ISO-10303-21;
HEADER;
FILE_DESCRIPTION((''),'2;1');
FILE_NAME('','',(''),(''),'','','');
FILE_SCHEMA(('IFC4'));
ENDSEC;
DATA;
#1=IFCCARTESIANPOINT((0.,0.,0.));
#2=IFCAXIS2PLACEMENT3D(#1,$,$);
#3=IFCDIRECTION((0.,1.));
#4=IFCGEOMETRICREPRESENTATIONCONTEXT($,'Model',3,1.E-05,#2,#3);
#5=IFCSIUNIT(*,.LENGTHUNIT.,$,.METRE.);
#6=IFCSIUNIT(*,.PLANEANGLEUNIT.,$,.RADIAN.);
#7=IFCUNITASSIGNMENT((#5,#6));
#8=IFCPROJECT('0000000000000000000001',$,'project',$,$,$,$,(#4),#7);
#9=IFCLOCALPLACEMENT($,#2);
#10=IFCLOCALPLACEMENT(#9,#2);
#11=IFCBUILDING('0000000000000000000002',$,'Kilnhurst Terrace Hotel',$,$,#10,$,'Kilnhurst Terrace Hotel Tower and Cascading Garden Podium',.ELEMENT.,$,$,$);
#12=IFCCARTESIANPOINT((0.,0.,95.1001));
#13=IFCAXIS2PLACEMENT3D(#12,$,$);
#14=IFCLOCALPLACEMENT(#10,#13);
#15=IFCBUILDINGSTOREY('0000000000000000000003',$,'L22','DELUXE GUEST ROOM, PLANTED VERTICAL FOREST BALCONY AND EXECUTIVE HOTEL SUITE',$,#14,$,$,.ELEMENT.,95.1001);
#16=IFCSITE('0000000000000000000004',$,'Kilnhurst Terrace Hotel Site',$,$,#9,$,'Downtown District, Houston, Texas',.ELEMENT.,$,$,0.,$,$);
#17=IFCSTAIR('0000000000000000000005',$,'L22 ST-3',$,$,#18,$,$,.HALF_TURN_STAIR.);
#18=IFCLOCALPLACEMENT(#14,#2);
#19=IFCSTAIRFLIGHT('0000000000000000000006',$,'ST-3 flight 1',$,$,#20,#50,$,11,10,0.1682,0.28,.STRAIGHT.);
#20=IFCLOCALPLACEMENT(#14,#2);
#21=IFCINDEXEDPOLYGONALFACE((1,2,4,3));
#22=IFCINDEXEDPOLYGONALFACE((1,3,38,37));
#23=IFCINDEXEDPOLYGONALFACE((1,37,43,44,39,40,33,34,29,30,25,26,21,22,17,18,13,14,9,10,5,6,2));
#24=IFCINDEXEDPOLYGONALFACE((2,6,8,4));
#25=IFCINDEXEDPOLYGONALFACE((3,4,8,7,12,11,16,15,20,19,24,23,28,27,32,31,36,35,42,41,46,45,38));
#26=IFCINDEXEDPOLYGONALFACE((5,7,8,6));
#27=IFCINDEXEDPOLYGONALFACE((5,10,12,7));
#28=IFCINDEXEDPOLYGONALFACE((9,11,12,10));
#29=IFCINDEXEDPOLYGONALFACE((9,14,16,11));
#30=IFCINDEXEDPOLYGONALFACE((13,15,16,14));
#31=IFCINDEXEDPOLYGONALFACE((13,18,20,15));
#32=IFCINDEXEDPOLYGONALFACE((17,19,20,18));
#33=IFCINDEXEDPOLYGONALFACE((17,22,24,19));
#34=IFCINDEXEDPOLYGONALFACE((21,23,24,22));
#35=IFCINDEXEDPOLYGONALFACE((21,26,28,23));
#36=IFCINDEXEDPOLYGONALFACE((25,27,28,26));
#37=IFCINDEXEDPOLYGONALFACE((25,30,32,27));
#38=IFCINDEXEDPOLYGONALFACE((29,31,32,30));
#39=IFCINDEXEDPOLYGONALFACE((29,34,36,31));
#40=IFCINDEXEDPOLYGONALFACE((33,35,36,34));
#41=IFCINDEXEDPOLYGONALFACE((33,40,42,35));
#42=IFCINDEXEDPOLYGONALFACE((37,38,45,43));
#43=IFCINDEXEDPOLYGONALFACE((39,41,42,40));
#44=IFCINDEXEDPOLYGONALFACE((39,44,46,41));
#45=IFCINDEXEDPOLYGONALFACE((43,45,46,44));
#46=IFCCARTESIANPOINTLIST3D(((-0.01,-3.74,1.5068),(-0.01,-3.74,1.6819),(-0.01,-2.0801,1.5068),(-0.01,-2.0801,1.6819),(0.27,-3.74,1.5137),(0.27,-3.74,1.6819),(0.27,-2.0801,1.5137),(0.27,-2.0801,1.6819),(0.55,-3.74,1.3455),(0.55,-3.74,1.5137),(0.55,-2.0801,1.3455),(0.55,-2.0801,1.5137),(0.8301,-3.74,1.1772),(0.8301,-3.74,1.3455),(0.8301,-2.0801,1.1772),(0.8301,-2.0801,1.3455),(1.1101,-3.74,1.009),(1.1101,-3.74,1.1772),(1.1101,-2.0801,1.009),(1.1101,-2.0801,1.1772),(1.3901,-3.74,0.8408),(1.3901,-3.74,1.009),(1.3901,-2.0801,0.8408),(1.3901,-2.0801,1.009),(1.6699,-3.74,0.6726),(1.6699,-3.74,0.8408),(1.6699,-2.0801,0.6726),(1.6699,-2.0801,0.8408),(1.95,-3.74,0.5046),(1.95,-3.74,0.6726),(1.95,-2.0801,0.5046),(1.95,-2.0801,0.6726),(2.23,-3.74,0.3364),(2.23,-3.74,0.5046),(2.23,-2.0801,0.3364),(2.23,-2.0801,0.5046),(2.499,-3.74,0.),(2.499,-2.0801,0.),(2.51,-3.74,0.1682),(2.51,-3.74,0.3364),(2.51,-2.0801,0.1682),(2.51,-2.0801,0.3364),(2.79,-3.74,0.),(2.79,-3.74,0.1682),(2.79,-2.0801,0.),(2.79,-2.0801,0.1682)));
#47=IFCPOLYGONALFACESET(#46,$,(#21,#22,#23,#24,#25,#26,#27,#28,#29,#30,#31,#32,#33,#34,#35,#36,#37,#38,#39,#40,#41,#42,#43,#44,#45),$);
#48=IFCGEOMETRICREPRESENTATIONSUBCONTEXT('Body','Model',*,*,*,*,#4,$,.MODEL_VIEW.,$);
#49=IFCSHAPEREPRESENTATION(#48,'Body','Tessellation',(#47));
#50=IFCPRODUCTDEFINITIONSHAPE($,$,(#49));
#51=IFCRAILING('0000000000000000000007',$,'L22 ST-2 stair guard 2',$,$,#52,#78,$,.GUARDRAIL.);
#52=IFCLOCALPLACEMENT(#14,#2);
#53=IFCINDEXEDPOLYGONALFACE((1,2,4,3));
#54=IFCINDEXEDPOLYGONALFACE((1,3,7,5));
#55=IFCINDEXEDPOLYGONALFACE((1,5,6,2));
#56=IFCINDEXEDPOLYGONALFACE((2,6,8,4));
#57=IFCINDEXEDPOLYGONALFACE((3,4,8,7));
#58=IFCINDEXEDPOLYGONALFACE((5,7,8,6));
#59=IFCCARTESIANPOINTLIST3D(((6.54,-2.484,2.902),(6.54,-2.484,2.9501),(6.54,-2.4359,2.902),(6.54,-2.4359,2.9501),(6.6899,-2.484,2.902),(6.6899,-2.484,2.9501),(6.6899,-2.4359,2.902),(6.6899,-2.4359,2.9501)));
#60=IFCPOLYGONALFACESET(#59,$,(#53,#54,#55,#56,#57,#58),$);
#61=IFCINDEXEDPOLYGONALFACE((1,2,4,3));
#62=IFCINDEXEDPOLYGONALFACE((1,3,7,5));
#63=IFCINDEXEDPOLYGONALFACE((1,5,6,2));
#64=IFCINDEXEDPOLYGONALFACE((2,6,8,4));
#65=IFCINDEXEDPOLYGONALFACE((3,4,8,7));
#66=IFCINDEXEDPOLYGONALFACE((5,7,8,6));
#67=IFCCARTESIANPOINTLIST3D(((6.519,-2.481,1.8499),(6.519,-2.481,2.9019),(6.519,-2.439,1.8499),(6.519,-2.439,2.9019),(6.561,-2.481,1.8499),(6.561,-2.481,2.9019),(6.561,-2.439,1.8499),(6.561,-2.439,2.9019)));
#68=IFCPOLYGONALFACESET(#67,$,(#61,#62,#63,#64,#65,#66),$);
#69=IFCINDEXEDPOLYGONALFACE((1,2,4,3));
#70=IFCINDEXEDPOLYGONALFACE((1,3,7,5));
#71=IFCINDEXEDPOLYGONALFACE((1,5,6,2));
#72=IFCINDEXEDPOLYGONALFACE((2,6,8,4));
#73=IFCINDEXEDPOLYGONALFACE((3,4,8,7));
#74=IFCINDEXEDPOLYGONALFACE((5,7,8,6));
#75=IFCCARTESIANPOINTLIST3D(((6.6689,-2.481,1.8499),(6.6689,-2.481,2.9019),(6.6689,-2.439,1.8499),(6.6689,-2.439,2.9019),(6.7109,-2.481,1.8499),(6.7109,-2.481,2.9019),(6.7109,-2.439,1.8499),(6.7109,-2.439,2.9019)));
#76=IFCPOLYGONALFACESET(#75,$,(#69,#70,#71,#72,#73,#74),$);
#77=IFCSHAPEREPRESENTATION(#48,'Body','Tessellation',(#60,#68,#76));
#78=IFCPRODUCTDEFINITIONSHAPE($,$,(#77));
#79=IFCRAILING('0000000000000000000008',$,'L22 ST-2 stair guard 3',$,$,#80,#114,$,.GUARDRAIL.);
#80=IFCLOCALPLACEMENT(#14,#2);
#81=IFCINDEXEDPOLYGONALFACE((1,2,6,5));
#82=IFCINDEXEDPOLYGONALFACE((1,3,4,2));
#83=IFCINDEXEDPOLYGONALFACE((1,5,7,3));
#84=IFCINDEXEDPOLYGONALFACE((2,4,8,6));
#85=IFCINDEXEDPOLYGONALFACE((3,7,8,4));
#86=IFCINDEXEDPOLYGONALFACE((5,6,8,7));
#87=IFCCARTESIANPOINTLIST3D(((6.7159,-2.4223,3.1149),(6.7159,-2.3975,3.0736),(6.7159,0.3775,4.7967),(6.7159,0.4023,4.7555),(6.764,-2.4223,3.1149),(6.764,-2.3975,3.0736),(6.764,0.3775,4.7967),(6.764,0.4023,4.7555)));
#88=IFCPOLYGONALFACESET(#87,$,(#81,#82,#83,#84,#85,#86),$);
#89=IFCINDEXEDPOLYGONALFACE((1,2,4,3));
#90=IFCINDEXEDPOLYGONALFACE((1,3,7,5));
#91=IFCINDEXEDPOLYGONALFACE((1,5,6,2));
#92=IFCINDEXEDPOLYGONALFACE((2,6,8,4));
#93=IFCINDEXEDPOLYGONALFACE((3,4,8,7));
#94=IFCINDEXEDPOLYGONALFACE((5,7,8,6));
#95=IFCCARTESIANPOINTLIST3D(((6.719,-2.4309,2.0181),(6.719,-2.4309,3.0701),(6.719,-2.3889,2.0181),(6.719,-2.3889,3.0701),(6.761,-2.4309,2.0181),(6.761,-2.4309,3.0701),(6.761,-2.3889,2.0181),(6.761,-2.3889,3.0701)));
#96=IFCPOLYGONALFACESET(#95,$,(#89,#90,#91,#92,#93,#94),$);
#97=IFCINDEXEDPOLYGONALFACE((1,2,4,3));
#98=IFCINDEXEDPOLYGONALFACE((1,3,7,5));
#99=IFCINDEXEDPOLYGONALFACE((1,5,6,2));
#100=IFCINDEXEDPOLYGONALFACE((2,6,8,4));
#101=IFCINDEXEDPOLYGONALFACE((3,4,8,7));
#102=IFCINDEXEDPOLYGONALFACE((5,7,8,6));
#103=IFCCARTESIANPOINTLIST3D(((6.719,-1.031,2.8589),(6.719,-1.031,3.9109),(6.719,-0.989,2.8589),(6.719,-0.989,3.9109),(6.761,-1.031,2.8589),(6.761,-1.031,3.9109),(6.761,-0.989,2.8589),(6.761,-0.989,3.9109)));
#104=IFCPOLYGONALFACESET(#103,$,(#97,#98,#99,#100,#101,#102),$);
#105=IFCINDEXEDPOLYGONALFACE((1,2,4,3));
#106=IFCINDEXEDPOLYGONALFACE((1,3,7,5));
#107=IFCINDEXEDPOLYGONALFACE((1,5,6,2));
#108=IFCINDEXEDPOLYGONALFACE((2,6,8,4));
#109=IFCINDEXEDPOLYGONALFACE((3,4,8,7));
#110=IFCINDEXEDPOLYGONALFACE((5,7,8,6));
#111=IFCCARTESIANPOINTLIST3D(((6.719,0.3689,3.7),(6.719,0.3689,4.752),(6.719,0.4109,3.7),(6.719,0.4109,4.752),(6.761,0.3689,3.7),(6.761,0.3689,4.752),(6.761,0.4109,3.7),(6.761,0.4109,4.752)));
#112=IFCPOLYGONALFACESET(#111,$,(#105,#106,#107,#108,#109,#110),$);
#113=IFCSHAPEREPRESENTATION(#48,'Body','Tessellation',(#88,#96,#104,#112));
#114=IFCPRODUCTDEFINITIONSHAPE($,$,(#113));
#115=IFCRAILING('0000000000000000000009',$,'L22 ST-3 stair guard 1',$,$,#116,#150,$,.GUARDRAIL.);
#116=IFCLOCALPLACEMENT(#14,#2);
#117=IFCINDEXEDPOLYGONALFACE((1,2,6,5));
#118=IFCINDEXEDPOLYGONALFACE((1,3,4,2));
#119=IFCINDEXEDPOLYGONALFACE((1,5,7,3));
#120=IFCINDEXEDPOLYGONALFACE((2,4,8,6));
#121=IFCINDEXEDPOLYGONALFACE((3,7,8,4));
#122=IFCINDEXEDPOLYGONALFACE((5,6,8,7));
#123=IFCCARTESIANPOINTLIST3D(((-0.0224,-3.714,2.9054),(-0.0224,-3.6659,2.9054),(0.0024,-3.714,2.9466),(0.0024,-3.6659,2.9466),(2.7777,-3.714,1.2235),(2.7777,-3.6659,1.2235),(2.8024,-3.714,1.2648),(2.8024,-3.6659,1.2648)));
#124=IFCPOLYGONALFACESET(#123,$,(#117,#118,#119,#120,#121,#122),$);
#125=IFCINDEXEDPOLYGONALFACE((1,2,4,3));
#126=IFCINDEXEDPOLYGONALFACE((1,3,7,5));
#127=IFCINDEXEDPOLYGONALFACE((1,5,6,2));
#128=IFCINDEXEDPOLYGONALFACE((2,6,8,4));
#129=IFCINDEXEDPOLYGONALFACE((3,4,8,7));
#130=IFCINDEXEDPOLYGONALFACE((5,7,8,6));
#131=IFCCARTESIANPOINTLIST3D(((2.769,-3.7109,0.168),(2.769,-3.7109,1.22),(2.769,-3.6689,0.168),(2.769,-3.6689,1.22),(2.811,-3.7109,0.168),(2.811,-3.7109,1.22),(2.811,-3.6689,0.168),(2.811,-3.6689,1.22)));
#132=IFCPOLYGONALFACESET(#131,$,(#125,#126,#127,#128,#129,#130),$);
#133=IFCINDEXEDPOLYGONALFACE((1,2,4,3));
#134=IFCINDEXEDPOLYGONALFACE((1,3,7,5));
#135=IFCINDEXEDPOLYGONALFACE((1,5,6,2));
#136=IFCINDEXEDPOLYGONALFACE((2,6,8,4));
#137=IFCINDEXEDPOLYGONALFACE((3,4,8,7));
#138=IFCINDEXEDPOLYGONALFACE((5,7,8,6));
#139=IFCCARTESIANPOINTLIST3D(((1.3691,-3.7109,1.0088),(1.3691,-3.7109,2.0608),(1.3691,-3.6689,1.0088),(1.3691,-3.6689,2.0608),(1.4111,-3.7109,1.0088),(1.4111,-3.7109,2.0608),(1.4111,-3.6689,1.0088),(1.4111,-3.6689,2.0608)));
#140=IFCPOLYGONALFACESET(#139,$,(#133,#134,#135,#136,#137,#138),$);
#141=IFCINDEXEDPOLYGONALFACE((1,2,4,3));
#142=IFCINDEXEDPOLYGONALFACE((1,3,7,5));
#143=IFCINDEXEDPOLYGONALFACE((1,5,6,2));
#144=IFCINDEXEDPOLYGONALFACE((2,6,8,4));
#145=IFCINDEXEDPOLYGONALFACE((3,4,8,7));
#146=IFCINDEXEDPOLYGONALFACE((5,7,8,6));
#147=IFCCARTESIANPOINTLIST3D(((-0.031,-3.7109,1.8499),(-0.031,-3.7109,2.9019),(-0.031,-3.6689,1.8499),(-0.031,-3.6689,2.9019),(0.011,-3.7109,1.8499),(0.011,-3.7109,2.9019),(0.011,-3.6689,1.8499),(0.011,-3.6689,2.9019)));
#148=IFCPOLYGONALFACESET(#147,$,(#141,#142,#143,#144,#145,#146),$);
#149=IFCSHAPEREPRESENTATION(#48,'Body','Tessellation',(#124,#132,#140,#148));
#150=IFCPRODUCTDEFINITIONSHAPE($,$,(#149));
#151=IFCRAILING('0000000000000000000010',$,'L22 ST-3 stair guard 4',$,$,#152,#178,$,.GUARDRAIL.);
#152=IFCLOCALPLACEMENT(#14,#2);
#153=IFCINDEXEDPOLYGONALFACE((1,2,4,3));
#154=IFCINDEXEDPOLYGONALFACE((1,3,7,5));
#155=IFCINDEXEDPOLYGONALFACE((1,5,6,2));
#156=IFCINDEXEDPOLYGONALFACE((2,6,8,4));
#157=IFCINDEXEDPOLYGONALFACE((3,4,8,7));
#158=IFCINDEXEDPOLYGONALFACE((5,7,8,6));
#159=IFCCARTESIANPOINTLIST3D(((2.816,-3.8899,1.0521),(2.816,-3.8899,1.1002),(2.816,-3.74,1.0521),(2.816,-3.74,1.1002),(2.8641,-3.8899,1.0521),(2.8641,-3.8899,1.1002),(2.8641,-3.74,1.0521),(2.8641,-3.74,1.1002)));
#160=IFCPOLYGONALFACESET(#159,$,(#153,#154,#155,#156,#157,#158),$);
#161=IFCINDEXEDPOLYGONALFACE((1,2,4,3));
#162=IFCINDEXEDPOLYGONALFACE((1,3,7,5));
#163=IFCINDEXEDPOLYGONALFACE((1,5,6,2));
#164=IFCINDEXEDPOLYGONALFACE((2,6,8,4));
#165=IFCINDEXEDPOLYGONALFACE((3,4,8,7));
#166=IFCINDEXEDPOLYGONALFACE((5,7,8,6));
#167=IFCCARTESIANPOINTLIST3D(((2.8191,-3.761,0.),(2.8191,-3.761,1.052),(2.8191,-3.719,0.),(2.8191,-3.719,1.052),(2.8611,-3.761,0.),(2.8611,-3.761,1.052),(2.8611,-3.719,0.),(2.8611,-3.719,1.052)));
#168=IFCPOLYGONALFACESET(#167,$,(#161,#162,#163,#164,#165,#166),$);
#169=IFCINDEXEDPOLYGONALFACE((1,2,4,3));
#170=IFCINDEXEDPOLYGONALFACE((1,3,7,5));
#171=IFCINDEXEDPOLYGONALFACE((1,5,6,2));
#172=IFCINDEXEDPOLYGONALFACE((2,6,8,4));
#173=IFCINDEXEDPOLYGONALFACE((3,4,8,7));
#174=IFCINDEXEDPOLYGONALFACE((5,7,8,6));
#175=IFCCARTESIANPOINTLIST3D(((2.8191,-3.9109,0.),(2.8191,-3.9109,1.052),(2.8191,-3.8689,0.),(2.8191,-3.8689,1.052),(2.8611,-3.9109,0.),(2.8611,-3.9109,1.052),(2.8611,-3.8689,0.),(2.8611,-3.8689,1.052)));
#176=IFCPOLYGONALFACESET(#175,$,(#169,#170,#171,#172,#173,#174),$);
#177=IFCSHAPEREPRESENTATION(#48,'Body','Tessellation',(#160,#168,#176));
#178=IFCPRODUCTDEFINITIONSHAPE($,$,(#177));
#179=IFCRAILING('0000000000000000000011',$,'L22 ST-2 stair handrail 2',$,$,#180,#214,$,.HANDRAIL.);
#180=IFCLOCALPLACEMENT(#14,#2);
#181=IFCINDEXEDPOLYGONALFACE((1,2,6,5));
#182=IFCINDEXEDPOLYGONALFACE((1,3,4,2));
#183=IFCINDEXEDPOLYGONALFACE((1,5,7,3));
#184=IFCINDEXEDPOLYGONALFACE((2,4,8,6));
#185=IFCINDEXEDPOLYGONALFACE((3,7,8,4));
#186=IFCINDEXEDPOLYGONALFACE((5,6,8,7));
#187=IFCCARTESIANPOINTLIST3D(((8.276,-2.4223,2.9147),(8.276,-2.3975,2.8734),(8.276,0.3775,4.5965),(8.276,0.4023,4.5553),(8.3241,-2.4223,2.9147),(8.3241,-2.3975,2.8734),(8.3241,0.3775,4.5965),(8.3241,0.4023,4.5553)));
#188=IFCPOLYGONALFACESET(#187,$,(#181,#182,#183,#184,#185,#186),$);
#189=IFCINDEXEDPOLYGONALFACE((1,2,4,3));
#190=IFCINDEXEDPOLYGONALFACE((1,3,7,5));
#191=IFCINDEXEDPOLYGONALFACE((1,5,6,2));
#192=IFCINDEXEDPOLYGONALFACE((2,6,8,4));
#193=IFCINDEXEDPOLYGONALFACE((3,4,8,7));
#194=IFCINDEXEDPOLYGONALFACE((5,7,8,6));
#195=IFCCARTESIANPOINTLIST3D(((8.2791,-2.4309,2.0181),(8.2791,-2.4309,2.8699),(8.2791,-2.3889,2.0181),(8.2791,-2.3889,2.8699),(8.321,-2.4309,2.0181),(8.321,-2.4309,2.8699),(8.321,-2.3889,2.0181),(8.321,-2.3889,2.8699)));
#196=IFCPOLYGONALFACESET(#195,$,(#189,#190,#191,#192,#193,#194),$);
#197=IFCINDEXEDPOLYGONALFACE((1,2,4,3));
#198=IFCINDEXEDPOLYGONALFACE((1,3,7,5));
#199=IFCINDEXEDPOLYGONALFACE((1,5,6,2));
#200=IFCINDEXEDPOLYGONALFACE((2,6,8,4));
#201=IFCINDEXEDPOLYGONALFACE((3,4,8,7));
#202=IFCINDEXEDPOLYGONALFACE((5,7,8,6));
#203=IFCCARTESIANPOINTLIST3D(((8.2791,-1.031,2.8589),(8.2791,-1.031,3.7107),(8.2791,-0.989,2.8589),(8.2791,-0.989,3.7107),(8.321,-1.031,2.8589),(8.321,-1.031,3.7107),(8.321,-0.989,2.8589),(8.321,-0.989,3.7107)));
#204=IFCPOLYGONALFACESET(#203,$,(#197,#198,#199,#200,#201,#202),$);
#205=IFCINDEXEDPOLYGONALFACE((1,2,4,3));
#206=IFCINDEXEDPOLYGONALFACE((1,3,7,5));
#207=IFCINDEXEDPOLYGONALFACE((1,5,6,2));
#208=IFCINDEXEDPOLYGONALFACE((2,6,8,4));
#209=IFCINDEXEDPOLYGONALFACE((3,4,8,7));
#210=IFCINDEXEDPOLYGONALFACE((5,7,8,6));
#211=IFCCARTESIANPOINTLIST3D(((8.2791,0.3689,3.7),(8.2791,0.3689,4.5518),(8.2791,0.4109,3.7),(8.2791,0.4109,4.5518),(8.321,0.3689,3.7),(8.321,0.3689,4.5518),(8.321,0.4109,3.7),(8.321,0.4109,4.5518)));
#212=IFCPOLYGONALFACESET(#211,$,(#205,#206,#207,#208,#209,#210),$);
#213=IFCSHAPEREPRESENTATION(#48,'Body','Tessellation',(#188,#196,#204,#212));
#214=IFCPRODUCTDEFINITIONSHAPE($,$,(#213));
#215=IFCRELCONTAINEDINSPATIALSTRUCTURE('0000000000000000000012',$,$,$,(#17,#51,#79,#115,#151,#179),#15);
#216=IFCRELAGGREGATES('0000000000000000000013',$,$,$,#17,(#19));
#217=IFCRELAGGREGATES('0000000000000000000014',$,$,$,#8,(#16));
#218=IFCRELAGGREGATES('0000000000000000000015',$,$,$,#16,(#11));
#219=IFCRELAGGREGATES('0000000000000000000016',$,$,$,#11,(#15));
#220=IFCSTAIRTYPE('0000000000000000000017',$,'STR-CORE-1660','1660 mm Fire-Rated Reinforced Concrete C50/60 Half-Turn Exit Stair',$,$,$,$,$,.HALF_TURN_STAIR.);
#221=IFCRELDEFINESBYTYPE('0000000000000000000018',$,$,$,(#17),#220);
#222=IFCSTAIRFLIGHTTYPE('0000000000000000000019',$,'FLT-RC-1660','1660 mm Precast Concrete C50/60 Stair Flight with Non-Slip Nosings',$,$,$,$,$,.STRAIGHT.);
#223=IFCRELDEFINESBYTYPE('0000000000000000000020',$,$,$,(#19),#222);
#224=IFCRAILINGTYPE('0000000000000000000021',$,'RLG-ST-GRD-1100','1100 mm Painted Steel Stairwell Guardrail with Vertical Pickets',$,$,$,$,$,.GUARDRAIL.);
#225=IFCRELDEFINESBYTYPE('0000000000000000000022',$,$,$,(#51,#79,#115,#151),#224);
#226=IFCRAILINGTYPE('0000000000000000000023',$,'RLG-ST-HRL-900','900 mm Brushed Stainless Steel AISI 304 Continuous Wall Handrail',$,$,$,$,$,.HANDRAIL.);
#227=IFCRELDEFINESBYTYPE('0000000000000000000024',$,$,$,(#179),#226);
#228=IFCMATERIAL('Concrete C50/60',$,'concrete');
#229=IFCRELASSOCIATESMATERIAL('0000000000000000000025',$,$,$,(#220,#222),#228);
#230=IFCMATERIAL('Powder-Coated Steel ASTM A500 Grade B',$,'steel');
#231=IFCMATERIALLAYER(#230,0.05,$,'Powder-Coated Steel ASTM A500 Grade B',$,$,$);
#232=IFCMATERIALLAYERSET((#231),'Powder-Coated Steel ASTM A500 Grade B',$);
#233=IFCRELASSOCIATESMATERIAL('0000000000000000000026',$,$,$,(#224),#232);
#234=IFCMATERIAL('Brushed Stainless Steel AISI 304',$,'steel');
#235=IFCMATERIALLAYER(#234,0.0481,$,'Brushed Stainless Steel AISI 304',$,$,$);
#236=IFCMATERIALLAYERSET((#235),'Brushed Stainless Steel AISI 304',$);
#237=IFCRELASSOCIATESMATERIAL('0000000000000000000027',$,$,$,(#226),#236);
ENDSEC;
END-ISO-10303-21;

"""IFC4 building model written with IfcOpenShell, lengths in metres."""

from ifc_helpers import new_model, si_unit, direction, frame, origin, origin_2d, place, context, subcontext, project, spatial, polyline, rectangle, outline, extrude, material, layer, layer_set, type_object, element, aggregate, save


model = new_model("IFC4")

# Units and contexts
model_context = context("Model", 3, precision=1e-05, world=origin(), true_north=direction((0.0, 1.0)))
body_context = subcontext(model_context, "Body", "Model", "MODEL_VIEW")
ifc_project = project(units=[si_unit("LENGTHUNIT", "METRE"), si_unit("PLANEANGLEUNIT", "RADIAN")], contexts=[model_context])

# Site, building, storey
site_placement = place(None, origin())
site = spatial("IfcSite", under=ifc_project, at=site_placement, Name="Kilnhurst Terrace Hotel Site", LongName="Downtown District, Houston, Texas", CompositionType="ELEMENT", RefElevation=0.0)
building_placement = place(site_placement, origin())
building = spatial("IfcBuilding", under=site, at=building_placement, Name="Kilnhurst Terrace Hotel", LongName="Kilnhurst Terrace Hotel Tower and Cascading Garden Podium", CompositionType="ELEMENT")
storey_placement = place(building_placement, frame((0.0, 0.0, 95.1001)))
storey = spatial("IfcBuildingStorey", under=building, at=storey_placement, Name="L22", Description="DELUXE GUEST ROOM, PLANTED VERTICAL FOREST BALCONY AND EXECUTIVE HOTEL SUITE", CompositionType="ELEMENT", Elevation=95.1001)

# Shared definitions
ifc_material_1 = material(Name="Concrete C50/60", Category="concrete")

# Stair, stair flight
stair_type = type_object("IfcStairType", Name="STR-CORE-1660", Description="1660 mm Fire-Rated Reinforced Concrete C50/60 Half-Turn Exit Stair", PredefinedType="HALF_TURN_STAIR", material=ifc_material_1)
stair_flight_type = type_object("IfcStairFlightType", Name="FLT-RC-1660", Description="1660 mm Precast Concrete C50/60 Stair Flight with Non-Slip Nosings", PredefinedType="STRAIGHT", material=ifc_material_1)
stair_1_placement = place(storey_placement, origin())
stair_1 = element("IfcStair", 1, at=stair_1_placement, inside=storey, type_object=stair_type, Name="L22 ST-3", PredefinedType="HALF_TURN_STAIR")
stair_flight_1_placement = place(storey_placement, frame((2.79, -2.9099, 0.0), z_axis=(0.0, 0.0, 1.0), x_axis=(-1.0, 0.0, 0.0)))
stair_flight_1 = element("IfcStairFlight", 2, at=stair_flight_1_placement, type_object=stair_flight_type, Name="ST-3 flight 1", NumberOfRisers=11, NumberOfTreads=10, PredefinedType="STRAIGHT", RiserHeight=0.1682, TreadLength=0.28, context=body_context, shape_type="SweptSolid", body=[
    extrude(outline(polyline([(0.0, 0.0), (0.0, 0.1682), (0.28, 0.1682), (0.28, 0.3364), (0.5601, 0.3364), (0.5601, 0.5046), (0.8401, 0.5046), (0.8401, 0.6726), (1.1201, 0.6726), (1.1201, 0.8408), (1.3999, 0.8408), (1.3999, 1.009), (1.6799, 1.009), (1.6799, 1.1772), (1.96, 1.1772), (1.96, 1.3455), (2.24, 1.3455), (2.24, 1.5137), (2.52, 1.5137), (2.52, 1.6819), (2.8, 1.6819), (2.8, 1.8501), (2.8, 1.5068), (0.291, 0.0), (0.0, 0.0)])), frame((0.0, 0.8301, 0.0), z_axis=(0.0, -1.0, 0.0), x_axis=(1.0, 0.0, 0.0)), (0.0, 0.0, 1.0), 1.6599),
])
aggregate(stair_1, [stair_flight_1])

# Railings
ifc_material_2 = material(Name="Powder-Coated Steel ASTM A500 Grade B", Category="steel")
ifc_layer_1 = layer(ifc_material_2, 0.05, Name="Powder-Coated Steel ASTM A500 Grade B")
ifc_layer_set_1 = layer_set([ifc_layer_1], Name="Powder-Coated Steel ASTM A500 Grade B")
railing_type_1 = type_object("IfcRailingType", Name="RLG-ST-GRD-1100", Description="1100 mm Painted Steel Stairwell Guardrail with Vertical Pickets", PredefinedType="GUARDRAIL", material=ifc_layer_set_1)
railing_1_placement = place(storey_placement, frame((6.54, -2.46, 1.8499)))
element("IfcRailing", 3, at=railing_1_placement, inside=storey, type_object=railing_type_1, Name="L22 ST-2 stair guard 2", PredefinedType="GUARDRAIL", context=body_context, shape_type="SweptSolid", body=[
    extrude(rectangle(XDim=0.0481, YDim=0.0481, at=origin_2d()), frame((0.0, 0.0, 1.0762), z_axis=(1.0, 0.0, 0.0), x_axis=(0.0, 1.0, 0.0)), (0.0, 0.0, 1.0), 0.1499),
    extrude(rectangle(XDim=0.042, YDim=0.042, at=origin_2d()), origin(), (0.0, 0.0, 1.0), 1.052),
    extrude(rectangle(XDim=0.042, YDim=0.042, at=origin_2d()), frame((0.1499, 0.0, 0.0)), (0.0, 0.0, 1.0), 1.052),
])
railing_2_placement = place(storey_placement, frame((6.74, -2.4099, 2.0181)))
element("IfcRailing", 4, at=railing_2_placement, inside=storey, type_object=railing_type_1, Name="L22 ST-2 stair guard 3", PredefinedType="GUARDRAIL", context=body_context, shape_type="SweptSolid", body=[
    extrude(rectangle(XDim=0.0481, YDim=0.0481, at=origin_2d()), frame((0.0, 0.0, 1.0762), z_axis=(0.0, 0.857222, 0.514946), x_axis=(-1.0, 0.0, 0.0)), (0.0, 0.0, 1.0), 3.2661),
    extrude(rectangle(XDim=0.042, YDim=0.042, at=origin_2d()), origin(), (0.0, 0.0, 1.0), 1.052),
    extrude(rectangle(XDim=0.042, YDim=0.042, at=origin_2d()), frame((0.0, 1.3999, 0.8408)), (0.0, 0.0, 1.0), 1.052),
    extrude(rectangle(XDim=0.042, YDim=0.042, at=origin_2d()), frame((0.0, 2.7998, 1.6819)), (0.0, 0.0, 1.0), 1.052),
])
railing_3_placement = place(storey_placement, frame((2.79, -3.6899, 0.168)))
element("IfcRailing", 5, at=railing_3_placement, inside=storey, type_object=railing_type_1, Name="L22 ST-3 stair guard 1", PredefinedType="GUARDRAIL", context=body_context, shape_type="SweptSolid", body=[
    extrude(rectangle(XDim=0.0481, YDim=0.0481, at=origin_2d()), frame((0.0, 0.0, 1.0762), z_axis=(-0.857242, 0.0, 0.514913), x_axis=(0.0, -1.0, 0.0)), (0.0, 0.0, 1.0), 3.2664),
    extrude(rectangle(XDim=0.042, YDim=0.042, at=origin_2d()), origin(), (0.0, 0.0, 1.0), 1.052),
    extrude(rectangle(XDim=0.042, YDim=0.042, at=origin_2d()), frame((-1.3999, 0.0, 0.8408)), (0.0, 0.0, 1.0), 1.052),
    extrude(rectangle(XDim=0.042, YDim=0.042, at=origin_2d()), frame((-2.8, 0.0, 1.6819)), (0.0, 0.0, 1.0), 1.052),
])
railing_4_placement = place(storey_placement, frame((2.8401, -3.74, 0.0)))
element("IfcRailing", 6, at=railing_4_placement, inside=storey, type_object=railing_type_1, Name="L22 ST-3 stair guard 4", PredefinedType="GUARDRAIL", context=body_context, shape_type="SweptSolid", body=[
    extrude(rectangle(XDim=0.0481, YDim=0.0481, at=origin_2d()), frame((0.0, 0.0, 1.0762), z_axis=(0.0, -1.0, 0.0), x_axis=(1.0, 0.0, 0.0)), (0.0, 0.0, 1.0), 0.1499),
    extrude(rectangle(XDim=0.042, YDim=0.042, at=origin_2d()), origin(), (0.0, 0.0, 1.0), 1.052),
    extrude(rectangle(XDim=0.042, YDim=0.042, at=origin_2d()), frame((0.0, -0.1499, 0.0)), (0.0, 0.0, 1.0), 1.052),
])
ifc_material_3 = material(Name="Brushed Stainless Steel AISI 304", Category="steel")
ifc_layer_2 = layer(ifc_material_3, 0.0481, Name="Brushed Stainless Steel AISI 304")
ifc_layer_set_2 = layer_set([ifc_layer_2], Name="Brushed Stainless Steel AISI 304")
railing_type_2 = type_object("IfcRailingType", Name="RLG-ST-HRL-900", Description="900 mm Brushed Stainless Steel AISI 304 Continuous Wall Handrail", PredefinedType="HANDRAIL", material=ifc_layer_set_2)
railing_5_placement = place(storey_placement, frame((8.3, -2.4099, 2.0181)))
element("IfcRailing", 7, at=railing_5_placement, inside=storey, type_object=railing_type_2, Name="L22 ST-2 stair handrail 2", PredefinedType="HANDRAIL", context=body_context, shape_type="SweptSolid", body=[
    extrude(rectangle(XDim=0.0481, YDim=0.0481, at=origin_2d()), frame((0.0, 0.0, 0.876), z_axis=(0.0, 0.857222, 0.514946), x_axis=(-1.0, 0.0, 0.0)), (0.0, 0.0, 1.0), 3.2661),
    extrude(rectangle(XDim=0.042, YDim=0.042, at=origin_2d()), origin(), (0.0, 0.0, 1.0), 0.8518),
    extrude(rectangle(XDim=0.042, YDim=0.042, at=origin_2d()), frame((0.0, 1.3999, 0.8408)), (0.0, 0.0, 1.0), 0.8518),
    extrude(rectangle(XDim=0.042, YDim=0.042, at=origin_2d()), frame((0.0, 2.7998, 1.6819)), (0.0, 0.0, 1.0), 0.8518),
])

save(model, "model.ifc")
